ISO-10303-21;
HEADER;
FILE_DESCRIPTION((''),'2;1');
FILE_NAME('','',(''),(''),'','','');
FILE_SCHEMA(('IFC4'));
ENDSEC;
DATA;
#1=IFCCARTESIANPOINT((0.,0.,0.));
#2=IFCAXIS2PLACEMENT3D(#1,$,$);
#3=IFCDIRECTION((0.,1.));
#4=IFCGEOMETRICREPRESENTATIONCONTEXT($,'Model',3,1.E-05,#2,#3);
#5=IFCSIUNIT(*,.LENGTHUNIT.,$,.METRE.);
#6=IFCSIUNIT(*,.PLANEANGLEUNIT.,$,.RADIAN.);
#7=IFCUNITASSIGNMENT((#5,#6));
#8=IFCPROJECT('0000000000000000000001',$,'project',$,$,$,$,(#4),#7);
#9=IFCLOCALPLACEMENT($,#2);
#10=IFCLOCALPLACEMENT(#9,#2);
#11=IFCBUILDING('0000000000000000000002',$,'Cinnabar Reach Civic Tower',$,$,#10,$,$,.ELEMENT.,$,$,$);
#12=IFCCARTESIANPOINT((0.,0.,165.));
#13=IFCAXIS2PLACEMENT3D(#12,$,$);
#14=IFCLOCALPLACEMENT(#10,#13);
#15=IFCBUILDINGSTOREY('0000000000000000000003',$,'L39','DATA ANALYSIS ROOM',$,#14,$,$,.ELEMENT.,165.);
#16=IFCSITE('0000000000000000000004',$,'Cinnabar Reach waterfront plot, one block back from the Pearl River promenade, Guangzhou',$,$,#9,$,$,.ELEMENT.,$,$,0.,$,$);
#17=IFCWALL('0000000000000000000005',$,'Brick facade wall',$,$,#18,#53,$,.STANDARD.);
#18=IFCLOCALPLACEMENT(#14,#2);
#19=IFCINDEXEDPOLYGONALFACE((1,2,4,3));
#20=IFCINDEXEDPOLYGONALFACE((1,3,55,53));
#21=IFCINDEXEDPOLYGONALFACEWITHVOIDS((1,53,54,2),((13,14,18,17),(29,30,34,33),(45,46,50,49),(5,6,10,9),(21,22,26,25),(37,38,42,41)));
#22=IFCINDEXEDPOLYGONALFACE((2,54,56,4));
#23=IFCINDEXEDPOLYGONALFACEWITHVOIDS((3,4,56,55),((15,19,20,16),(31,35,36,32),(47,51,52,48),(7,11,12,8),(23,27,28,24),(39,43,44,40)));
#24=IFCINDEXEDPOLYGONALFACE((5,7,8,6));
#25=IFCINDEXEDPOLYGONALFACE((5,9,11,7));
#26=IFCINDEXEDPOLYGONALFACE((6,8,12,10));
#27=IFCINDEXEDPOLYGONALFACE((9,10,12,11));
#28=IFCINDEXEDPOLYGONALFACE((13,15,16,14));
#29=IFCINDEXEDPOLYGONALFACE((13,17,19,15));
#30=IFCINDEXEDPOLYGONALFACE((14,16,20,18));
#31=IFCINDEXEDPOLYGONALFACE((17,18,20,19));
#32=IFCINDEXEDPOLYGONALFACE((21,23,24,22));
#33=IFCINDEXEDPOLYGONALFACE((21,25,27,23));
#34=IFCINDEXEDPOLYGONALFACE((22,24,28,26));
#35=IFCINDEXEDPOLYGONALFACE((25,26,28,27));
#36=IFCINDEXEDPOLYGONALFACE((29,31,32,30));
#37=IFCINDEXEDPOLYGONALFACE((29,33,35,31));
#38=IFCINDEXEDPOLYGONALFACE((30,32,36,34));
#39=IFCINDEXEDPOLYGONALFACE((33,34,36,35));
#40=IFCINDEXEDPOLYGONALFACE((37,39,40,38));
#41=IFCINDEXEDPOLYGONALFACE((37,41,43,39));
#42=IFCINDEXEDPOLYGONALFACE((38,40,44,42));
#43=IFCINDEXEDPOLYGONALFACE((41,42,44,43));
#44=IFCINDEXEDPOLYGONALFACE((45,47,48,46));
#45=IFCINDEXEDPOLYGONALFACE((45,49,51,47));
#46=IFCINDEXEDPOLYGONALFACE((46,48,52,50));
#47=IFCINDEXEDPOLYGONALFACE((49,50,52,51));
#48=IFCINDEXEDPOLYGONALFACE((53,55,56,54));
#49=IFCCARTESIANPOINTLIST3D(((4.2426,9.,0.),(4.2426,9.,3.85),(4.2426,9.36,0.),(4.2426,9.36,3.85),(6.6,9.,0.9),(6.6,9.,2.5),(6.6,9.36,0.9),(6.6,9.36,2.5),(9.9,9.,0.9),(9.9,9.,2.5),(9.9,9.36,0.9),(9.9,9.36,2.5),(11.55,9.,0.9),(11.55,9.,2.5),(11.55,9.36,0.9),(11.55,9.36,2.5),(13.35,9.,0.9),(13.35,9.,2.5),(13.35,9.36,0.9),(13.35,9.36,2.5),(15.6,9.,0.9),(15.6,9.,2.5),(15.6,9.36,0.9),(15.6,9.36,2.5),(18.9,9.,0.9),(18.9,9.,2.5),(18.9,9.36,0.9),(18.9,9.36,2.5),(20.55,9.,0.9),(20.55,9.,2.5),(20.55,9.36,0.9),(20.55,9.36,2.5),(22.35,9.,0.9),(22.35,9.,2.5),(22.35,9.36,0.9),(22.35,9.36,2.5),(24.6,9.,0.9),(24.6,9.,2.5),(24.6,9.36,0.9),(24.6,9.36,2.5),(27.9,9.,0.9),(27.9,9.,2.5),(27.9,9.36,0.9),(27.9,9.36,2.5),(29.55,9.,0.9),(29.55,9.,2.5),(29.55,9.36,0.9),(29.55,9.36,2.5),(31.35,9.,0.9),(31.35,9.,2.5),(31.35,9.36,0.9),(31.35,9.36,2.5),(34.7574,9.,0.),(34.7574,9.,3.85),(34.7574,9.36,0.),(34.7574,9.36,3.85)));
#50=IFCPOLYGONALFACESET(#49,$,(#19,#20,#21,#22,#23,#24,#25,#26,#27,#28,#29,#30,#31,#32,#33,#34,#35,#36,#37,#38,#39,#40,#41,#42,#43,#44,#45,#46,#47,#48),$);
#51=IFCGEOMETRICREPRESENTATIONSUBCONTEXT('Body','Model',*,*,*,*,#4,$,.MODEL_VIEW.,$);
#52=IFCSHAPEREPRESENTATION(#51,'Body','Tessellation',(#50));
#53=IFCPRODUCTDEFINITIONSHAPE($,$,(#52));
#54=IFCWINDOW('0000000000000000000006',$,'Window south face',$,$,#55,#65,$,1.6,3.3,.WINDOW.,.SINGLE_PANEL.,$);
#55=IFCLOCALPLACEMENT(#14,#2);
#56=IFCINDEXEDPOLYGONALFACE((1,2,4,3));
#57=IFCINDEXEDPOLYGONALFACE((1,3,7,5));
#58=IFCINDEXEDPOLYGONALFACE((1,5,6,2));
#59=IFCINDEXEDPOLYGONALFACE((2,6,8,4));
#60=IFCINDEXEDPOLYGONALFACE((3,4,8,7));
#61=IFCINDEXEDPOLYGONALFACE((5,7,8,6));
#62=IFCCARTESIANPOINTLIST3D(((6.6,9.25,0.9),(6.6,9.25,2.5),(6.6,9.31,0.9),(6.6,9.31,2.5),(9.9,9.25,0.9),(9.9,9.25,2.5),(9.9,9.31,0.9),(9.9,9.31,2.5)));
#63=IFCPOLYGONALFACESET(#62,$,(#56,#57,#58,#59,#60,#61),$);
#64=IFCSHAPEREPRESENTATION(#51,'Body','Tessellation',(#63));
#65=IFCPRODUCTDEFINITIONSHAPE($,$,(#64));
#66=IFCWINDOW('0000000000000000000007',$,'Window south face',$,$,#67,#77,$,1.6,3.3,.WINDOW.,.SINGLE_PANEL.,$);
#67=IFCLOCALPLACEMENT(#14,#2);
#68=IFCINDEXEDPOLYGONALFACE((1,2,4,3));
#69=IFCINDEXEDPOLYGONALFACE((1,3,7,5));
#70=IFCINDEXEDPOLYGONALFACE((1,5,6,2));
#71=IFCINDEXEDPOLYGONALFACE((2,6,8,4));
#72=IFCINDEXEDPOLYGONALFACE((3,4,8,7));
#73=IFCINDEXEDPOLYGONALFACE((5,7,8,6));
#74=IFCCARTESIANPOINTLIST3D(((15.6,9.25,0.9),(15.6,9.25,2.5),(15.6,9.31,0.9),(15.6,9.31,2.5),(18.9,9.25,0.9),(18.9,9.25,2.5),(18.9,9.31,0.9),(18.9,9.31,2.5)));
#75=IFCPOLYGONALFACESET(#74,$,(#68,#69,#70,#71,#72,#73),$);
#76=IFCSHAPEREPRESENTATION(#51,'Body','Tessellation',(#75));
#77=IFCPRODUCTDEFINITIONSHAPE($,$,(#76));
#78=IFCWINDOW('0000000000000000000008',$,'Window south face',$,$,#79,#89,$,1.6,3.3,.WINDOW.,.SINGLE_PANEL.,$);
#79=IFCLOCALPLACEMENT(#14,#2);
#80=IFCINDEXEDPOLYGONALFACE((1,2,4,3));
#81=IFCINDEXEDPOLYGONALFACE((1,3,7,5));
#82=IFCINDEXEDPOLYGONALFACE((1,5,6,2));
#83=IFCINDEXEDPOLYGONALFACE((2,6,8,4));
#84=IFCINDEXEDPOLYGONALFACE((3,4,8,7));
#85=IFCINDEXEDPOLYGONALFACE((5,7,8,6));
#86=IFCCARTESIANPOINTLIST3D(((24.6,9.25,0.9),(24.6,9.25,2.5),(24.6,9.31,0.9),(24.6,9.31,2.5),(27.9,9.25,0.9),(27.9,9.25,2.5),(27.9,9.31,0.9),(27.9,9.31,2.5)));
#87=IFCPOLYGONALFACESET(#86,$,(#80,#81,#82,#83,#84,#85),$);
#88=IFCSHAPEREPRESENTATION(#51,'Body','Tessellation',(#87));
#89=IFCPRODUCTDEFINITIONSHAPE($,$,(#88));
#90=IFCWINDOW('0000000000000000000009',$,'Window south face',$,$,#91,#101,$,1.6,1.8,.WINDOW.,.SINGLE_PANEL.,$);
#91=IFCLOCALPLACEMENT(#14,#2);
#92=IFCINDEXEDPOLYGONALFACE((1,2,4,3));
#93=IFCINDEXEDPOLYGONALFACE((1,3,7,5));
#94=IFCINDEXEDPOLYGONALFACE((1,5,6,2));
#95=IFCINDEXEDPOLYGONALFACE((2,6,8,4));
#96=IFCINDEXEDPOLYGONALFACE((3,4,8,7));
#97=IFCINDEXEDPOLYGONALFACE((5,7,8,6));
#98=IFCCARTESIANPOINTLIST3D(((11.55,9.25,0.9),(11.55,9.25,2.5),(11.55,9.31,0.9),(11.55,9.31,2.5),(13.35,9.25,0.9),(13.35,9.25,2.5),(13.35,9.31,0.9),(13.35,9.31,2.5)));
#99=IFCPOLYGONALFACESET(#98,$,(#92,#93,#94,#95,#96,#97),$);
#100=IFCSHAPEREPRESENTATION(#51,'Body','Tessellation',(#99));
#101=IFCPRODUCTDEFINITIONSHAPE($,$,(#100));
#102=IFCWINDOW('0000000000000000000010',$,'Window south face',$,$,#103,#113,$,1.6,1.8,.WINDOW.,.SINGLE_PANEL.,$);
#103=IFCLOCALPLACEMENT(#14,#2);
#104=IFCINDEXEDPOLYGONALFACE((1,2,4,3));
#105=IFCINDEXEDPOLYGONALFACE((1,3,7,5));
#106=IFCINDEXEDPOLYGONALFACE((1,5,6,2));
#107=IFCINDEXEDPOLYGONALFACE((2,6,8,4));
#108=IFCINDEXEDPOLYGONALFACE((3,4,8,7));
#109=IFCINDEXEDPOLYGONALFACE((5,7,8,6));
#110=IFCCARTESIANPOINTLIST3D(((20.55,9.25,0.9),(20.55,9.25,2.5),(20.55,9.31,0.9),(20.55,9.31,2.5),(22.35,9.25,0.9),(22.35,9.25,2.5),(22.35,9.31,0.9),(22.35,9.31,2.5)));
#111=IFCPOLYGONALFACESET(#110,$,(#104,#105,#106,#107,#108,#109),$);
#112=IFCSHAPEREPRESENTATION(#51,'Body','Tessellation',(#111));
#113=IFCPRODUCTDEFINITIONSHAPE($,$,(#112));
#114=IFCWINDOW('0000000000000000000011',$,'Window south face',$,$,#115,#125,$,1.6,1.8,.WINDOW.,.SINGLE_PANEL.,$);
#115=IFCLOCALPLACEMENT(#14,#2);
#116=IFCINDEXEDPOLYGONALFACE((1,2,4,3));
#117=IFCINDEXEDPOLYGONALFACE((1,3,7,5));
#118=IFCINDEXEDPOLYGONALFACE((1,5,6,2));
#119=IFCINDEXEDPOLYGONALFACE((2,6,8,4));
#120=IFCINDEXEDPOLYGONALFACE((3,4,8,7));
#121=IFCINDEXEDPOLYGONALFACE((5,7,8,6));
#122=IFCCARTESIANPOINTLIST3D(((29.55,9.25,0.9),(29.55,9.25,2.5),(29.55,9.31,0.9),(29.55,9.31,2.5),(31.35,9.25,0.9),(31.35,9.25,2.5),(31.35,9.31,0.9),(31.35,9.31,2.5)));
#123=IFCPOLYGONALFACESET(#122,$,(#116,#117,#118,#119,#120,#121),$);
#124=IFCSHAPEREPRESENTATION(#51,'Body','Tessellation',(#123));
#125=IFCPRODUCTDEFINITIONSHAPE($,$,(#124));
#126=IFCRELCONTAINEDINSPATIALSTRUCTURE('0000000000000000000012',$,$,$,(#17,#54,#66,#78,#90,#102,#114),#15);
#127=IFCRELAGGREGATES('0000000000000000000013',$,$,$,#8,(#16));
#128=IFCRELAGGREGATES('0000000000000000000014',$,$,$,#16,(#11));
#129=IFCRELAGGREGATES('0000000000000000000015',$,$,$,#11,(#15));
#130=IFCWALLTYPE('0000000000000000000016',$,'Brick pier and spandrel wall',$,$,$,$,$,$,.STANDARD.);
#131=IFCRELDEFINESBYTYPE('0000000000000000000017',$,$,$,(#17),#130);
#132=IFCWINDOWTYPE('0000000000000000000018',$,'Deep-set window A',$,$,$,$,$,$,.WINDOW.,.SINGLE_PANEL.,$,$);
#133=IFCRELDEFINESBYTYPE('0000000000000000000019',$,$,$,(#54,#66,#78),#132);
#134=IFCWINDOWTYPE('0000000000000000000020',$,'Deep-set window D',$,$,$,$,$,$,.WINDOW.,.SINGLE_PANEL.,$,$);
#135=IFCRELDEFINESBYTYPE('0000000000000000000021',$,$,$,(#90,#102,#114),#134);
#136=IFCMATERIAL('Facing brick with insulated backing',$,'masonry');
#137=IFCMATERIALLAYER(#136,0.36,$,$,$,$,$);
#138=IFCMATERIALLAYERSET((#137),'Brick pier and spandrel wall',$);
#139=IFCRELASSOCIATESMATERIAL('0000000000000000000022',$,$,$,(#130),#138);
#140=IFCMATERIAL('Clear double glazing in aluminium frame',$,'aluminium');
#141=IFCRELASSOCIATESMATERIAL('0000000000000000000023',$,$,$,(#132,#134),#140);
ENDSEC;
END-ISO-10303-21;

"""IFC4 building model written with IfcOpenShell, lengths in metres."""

from ifc_helpers import new_model, si_unit, direction, frame, frame_2d, origin, place, context, subcontext, project, spatial, rectangle, extrude, material, layer, layer_set, type_object, element, fill, save


model = new_model("IFC4")

# Units and contexts
model_context = context("Model", 3, precision=1e-05, world=origin(), true_north=direction((0.0, 1.0)))
body_context = subcontext(model_context, "Body", "Model", "MODEL_VIEW")
ifc_project = project(units=[si_unit("LENGTHUNIT", "METRE"), si_unit("PLANEANGLEUNIT", "RADIAN")], contexts=[model_context])

# Site, building, storey
site_placement = place(None, origin())
site = spatial("IfcSite", under=ifc_project, at=site_placement, Name="Cinnabar Reach waterfront plot, one block back from the Pearl River promenade, Guangzhou", CompositionType="ELEMENT", RefElevation=0.0)
building_placement = place(site_placement, origin())
building = spatial("IfcBuilding", under=site, at=building_placement, Name="Cinnabar Reach Civic Tower", CompositionType="ELEMENT")
storey_placement = place(building_placement, frame((0.0, 0.0, 165.0)))
storey = spatial("IfcBuildingStorey", under=building, at=storey_placement, Name="L39", Description="DATA ANALYSIS ROOM", CompositionType="ELEMENT", Elevation=165.0)

# Shared definitions
ifc_material_1 = material(Name="Facing brick with insulated backing", Category="masonry")

# Wall, openings, windows
ifc_layer_1 = layer(ifc_material_1, 0.36)
ifc_layer_set_1 = layer_set([ifc_layer_1], Name="Brick pier and spandrel wall")
wall_type_1 = type_object("IfcWallType", Name="Brick pier and spandrel wall", PredefinedType="STANDARD", material=ifc_layer_set_1)
wall_1_placement = place(storey_placement, frame((4.2426, 9.18, 0.0), z_axis=(0.0, 0.0, 1.0), x_axis=(1.0, 0.0, 0.0)))
wall_1 = element("IfcWall", 1, at=wall_1_placement, inside=storey, type_object=wall_type_1, Name="Brick facade wall", PredefinedType="STANDARD", context=body_context, shape_type="SweptSolid", body=[
    extrude(rectangle(XDim=30.5148, YDim=0.36, at=frame_2d((15.2574, 0.0))), origin(), (0.0, 0.0, 1.0), 3.85),
])
opening_1_placement = place(wall_1_placement, frame((2.3574, 0.0, 0.9)))
opening_1 = element("IfcOpeningElement", 2, at=opening_1_placement, cuts=wall_1, PredefinedType="OPENING", context=body_context, shape_type="SweptSolid", body=[
    extrude(rectangle(XDim=3.3, YDim=1.6, at=frame_2d((1.65, 0.8))), frame((0.0, 0.19, 0.0), z_axis=(0.0, -1.0, 0.0), x_axis=(1.0, 0.0, 0.0)), (0.0, 0.0, 1.0), 0.38),
])
opening_2_placement = place(wall_1_placement, frame((7.3074, 0.0, 0.9)))
opening_2 = element("IfcOpeningElement", 3, at=opening_2_placement, cuts=wall_1, PredefinedType="OPENING", context=body_context, shape_type="SweptSolid", body=[
    extrude(rectangle(XDim=1.8, YDim=1.6, at=frame_2d((0.9, 0.8))), frame((0.0, 0.19, 0.0), z_axis=(0.0, -1.0, 0.0), x_axis=(1.0, 0.0, 0.0)), (0.0, 0.0, 1.0), 0.38),
])
opening_3_placement = place(wall_1_placement, frame((11.3574, 0.0, 0.9)))
opening_3 = element("IfcOpeningElement", 4, at=opening_3_placement, cuts=wall_1, PredefinedType="OPENING", context=body_context, shape_type="SweptSolid", body=[
    extrude(rectangle(XDim=3.3, YDim=1.6, at=frame_2d((1.65, 0.8))), frame((0.0, 0.19, 0.0), z_axis=(0.0, -1.0, 0.0), x_axis=(1.0, 0.0, 0.0)), (0.0, 0.0, 1.0), 0.38),
])
opening_4_placement = place(wall_1_placement, frame((16.3074, 0.0, 0.9)))
opening_4 = element("IfcOpeningElement", 5, at=opening_4_placement, cuts=wall_1, PredefinedType="OPENING", context=body_context, shape_type="SweptSolid", body=[
    extrude(rectangle(XDim=1.8, YDim=1.6, at=frame_2d((0.9, 0.8))), frame((0.0, 0.19, 0.0), z_axis=(0.0, -1.0, 0.0), x_axis=(1.0, 0.0, 0.0)), (0.0, 0.0, 1.0), 0.38),
])
opening_5_placement = place(wall_1_placement, frame((20.3574, 0.0, 0.9)))
opening_5 = element("IfcOpeningElement", 6, at=opening_5_placement, cuts=wall_1, PredefinedType="OPENING", context=body_context, shape_type="SweptSolid", body=[
    extrude(rectangle(XDim=3.3, YDim=1.6, at=frame_2d((1.65, 0.8))), frame((0.0, 0.19, 0.0), z_axis=(0.0, -1.0, 0.0), x_axis=(1.0, 0.0, 0.0)), (0.0, 0.0, 1.0), 0.38),
])
opening_6_placement = place(wall_1_placement, frame((25.3074, 0.0, 0.9)))
opening_6 = element("IfcOpeningElement", 7, at=opening_6_placement, cuts=wall_1, PredefinedType="OPENING", context=body_context, shape_type="SweptSolid", body=[
    extrude(rectangle(XDim=1.8, YDim=1.6, at=frame_2d((0.9, 0.8))), frame((0.0, 0.19, 0.0), z_axis=(0.0, -1.0, 0.0), x_axis=(1.0, 0.0, 0.0)), (0.0, 0.0, 1.0), 0.38),
])
ifc_material_2 = material(Name="Clear double glazing in aluminium frame", Category="aluminium")
window_type_1 = type_object("IfcWindowType", Name="Deep-set window A", PartitioningType="SINGLE_PANEL", PredefinedType="WINDOW", material=ifc_material_2)
window_1_placement = place(opening_1_placement, origin())
window_1 = element("IfcWindow", 8, at=window_1_placement, inside=storey, type_object=window_type_1, Name="Window south face", OverallHeight=1.6, OverallWidth=3.3, PartitioningType="SINGLE_PANEL", PredefinedType="WINDOW", context=body_context, shape_type="SweptSolid", body=[
    extrude(rectangle(XDim=3.3, YDim=1.6, at=frame_2d((1.65, 0.8))), frame((0.0, 0.13, 0.0), z_axis=(0.0, -1.0, 0.0), x_axis=(1.0, 0.0, 0.0)), (0.0, 0.0, 1.0), 0.06),
])
fill(opening_1, window_1)
window_2_placement = place(opening_3_placement, origin())
window_2 = element("IfcWindow", 9, at=window_2_placement, inside=storey, type_object=window_type_1, Name="Window south face", OverallHeight=1.6, OverallWidth=3.3, PartitioningType="SINGLE_PANEL", PredefinedType="WINDOW", context=body_context, shape_type="SweptSolid", body=[
    extrude(rectangle(XDim=3.3, YDim=1.6, at=frame_2d((1.65, 0.8))), frame((0.0, 0.13, 0.0), z_axis=(0.0, -1.0, 0.0), x_axis=(1.0, 0.0, 0.0)), (0.0, 0.0, 1.0), 0.06),
])
fill(opening_3, window_2)
window_3_placement = place(opening_5_placement, origin())
window_3 = element("IfcWindow", 10, at=window_3_placement, inside=storey, type_object=window_type_1, Name="Window south face", OverallHeight=1.6, OverallWidth=3.3, PartitioningType="SINGLE_PANEL", PredefinedType="WINDOW", context=body_context, shape_type="SweptSolid", body=[
    extrude(rectangle(XDim=3.3, YDim=1.6, at=frame_2d((1.65, 0.8))), frame((0.0, 0.13, 0.0), z_axis=(0.0, -1.0, 0.0), x_axis=(1.0, 0.0, 0.0)), (0.0, 0.0, 1.0), 0.06),
])
fill(opening_5, window_3)
window_type_2 = type_object("IfcWindowType", Name="Deep-set window D", PartitioningType="SINGLE_PANEL", PredefinedType="WINDOW", material=ifc_material_2)
window_4_placement = place(opening_2_placement, origin())
window_4 = element("IfcWindow", 11, at=window_4_placement, inside=storey, type_object=window_type_2, Name="Window south face", OverallHeight=1.6, OverallWidth=1.8, PartitioningType="SINGLE_PANEL", PredefinedType="WINDOW", context=body_context, shape_type="SweptSolid", body=[
    extrude(rectangle(XDim=1.8, YDim=1.6, at=frame_2d((0.9, 0.8))), frame((0.0, 0.13, 0.0), z_axis=(0.0, -1.0, 0.0), x_axis=(1.0, 0.0, 0.0)), (0.0, 0.0, 1.0), 0.06),
])
fill(opening_2, window_4)
window_5_placement = place(opening_4_placement, origin())
window_5 = element("IfcWindow", 12, at=window_5_placement, inside=storey, type_object=window_type_2, Name="Window south face", OverallHeight=1.6, OverallWidth=1.8, PartitioningType="SINGLE_PANEL", PredefinedType="WINDOW", context=body_context, shape_type="SweptSolid", body=[
    extrude(rectangle(XDim=1.8, YDim=1.6, at=frame_2d((0.9, 0.8))), frame((0.0, 0.13, 0.0), z_axis=(0.0, -1.0, 0.0), x_axis=(1.0, 0.0, 0.0)), (0.0, 0.0, 1.0), 0.06),
])
fill(opening_4, window_5)
window_6_placement = place(opening_6_placement, origin())
window_6 = element("IfcWindow", 13, at=window_6_placement, inside=storey, type_object=window_type_2, Name="Window south face", OverallHeight=1.6, OverallWidth=1.8, PartitioningType="SINGLE_PANEL", PredefinedType="WINDOW", context=body_context, shape_type="SweptSolid", body=[
    extrude(rectangle(XDim=1.8, YDim=1.6, at=frame_2d((0.9, 0.8))), frame((0.0, 0.13, 0.0), z_axis=(0.0, -1.0, 0.0), x_axis=(1.0, 0.0, 0.0)), (0.0, 0.0, 1.0), 0.06),
])
fill(opening_6, window_6)

save(model, "model.ifc")
